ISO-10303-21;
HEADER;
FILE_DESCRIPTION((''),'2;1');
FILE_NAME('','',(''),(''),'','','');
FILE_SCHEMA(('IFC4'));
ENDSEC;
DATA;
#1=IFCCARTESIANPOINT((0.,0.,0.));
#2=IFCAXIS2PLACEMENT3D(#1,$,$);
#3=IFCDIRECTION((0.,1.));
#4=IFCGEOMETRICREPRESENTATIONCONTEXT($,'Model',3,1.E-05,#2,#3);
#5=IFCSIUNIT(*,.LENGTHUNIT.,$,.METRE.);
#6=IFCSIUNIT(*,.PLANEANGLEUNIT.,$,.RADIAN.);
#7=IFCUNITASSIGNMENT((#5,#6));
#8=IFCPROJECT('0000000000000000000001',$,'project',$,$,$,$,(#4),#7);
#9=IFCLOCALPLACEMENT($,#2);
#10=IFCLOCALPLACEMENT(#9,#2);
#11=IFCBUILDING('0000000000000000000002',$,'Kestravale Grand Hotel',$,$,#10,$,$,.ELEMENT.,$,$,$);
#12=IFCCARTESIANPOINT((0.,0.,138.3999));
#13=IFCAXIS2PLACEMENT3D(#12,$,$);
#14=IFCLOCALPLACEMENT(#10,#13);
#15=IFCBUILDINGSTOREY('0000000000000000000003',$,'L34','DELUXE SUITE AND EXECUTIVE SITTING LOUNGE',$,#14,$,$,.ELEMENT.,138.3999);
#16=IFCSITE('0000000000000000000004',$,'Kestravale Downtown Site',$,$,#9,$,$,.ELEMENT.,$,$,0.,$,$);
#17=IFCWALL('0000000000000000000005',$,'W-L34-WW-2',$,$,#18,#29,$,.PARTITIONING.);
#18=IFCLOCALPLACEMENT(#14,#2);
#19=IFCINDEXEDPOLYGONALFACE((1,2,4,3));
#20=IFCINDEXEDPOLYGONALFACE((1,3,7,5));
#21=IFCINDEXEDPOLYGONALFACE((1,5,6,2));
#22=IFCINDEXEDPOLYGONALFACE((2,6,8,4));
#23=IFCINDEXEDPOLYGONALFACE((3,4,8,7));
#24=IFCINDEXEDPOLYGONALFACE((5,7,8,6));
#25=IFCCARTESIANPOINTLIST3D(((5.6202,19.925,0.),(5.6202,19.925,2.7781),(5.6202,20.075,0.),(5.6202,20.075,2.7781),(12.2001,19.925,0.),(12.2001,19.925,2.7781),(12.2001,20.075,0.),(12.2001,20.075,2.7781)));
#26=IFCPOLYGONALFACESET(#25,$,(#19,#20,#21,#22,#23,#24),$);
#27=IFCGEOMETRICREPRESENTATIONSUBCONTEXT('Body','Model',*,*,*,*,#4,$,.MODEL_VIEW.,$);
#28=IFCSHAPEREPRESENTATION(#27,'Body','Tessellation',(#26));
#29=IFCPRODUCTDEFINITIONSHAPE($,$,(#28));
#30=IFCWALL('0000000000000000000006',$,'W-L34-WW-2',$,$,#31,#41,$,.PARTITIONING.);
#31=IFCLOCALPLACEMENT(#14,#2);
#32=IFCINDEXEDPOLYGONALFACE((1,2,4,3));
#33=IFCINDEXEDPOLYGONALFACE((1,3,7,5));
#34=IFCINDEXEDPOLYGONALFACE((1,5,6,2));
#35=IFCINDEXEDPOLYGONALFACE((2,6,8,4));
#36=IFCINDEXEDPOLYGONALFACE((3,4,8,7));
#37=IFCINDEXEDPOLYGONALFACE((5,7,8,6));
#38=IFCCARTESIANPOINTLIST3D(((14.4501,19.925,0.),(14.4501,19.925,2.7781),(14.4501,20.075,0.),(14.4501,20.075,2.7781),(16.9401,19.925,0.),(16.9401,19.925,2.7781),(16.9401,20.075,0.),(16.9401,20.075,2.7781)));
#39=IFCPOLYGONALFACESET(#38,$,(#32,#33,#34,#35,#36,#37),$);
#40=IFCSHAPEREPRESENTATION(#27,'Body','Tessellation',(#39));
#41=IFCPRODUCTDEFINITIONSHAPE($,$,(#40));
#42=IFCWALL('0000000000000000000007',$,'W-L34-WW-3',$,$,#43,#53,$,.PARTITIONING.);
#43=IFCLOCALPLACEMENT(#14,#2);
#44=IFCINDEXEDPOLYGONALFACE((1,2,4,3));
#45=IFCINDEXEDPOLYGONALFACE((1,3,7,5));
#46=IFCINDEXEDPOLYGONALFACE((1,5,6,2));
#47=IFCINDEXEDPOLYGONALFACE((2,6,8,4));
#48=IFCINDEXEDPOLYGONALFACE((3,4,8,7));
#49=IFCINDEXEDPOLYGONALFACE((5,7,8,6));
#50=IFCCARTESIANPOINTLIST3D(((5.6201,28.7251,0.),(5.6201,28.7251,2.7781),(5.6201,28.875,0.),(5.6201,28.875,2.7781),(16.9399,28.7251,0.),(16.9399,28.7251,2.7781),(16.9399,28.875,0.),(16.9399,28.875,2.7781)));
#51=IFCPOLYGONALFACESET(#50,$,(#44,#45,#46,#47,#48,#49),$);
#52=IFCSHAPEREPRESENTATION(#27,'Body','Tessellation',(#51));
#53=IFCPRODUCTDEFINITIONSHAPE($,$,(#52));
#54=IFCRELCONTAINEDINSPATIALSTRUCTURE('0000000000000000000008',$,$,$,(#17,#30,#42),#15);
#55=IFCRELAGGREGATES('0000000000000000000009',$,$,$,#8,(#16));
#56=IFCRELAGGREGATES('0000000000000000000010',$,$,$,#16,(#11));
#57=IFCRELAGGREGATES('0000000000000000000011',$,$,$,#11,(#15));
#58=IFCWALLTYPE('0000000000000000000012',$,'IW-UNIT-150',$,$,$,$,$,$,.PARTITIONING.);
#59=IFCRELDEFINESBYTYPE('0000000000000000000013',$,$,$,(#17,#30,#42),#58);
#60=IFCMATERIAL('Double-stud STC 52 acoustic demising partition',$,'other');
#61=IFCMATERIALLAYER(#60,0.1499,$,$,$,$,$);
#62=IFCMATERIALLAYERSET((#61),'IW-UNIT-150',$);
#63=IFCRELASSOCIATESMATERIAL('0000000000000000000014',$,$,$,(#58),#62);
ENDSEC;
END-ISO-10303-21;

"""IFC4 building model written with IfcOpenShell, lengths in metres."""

from ifc_helpers import new_model, si_unit, direction, frame, frame_2d, origin, place, context, subcontext, project, spatial, rectangle, extrude, material, layer, layer_set, type_object, element, save


model = new_model("IFC4")

# Units and contexts
model_context = context("Model", 3, precision=1e-05, world=origin(), true_north=direction((0.0, 1.0)))
body_context = subcontext(model_context, "Body", "Model", "MODEL_VIEW")
ifc_project = project(units=[si_unit("LENGTHUNIT", "METRE"), si_unit("PLANEANGLEUNIT", "RADIAN")], contexts=[model_context])

# Site, building, storey
site_placement = place(None, origin())
site = spatial("IfcSite", under=ifc_project, at=site_placement, Name="Kestravale Downtown Site", CompositionType="ELEMENT", RefElevation=0.0)
building_placement = place(site_placement, origin())
building = spatial("IfcBuilding", under=site, at=building_placement, Name="Kestravale Grand Hotel", CompositionType="ELEMENT")
storey_placement = place(building_placement, frame((0.0, 0.0, 138.3999)))
storey = spatial("IfcBuildingStorey", under=building, at=storey_placement, Name="L34", Description="DELUXE SUITE AND EXECUTIVE SITTING LOUNGE", CompositionType="ELEMENT", Elevation=138.3999)

# Walls
ifc_material_1 = material(Name="Double-stud STC 52 acoustic demising partition", Category="other")
ifc_layer_1 = layer(ifc_material_1, 0.1499)
ifc_layer_set_1 = layer_set([ifc_layer_1], Name="IW-UNIT-150")
wall_type_1 = type_object("IfcWallType", Name="IW-UNIT-150", PredefinedType="PARTITIONING", material=ifc_layer_set_1)
wall_1_placement = place(storey_placement, frame((5.6201, 20.0, 0.0), z_axis=(0.0, 0.0, 1.0), x_axis=(1.0, 0.0, 0.0)))
element("IfcWall", 1, at=wall_1_placement, inside=storey, type_object=wall_type_1, Name="W-L34-WW-2", PredefinedType="PARTITIONING", context=body_context, shape_type="SweptSolid", body=[
    extrude(rectangle(XDim=6.5798, YDim=0.1499, at=frame_2d((3.29, 0.0))), origin(), (0.0, 0.0, 1.0), 2.7781),
])
wall_2_placement = place(storey_placement, frame((14.45, 20.0, 0.0), z_axis=(0.0, 0.0, 1.0), x_axis=(1.0, 0.0, 0.0)))
element("IfcWall", 2, at=wall_2_placement, inside=storey, type_object=wall_type_1, Name="W-L34-WW-2", PredefinedType="PARTITIONING", context=body_context, shape_type="SweptSolid", body=[
    extrude(rectangle(XDim=2.49, YDim=0.1499, at=frame_2d((1.2451, 0.0))), origin(), (0.0, 0.0, 1.0), 2.7781),
])
wall_3_placement = place(storey_placement, frame((5.6201, 28.8, 0.0), z_axis=(0.0, 0.0, 1.0), x_axis=(1.0, 0.0, 0.0)))
element("IfcWall", 3, at=wall_3_placement, inside=storey, type_object=wall_type_1, Name="W-L34-WW-3", PredefinedType="PARTITIONING", context=body_context, shape_type="SweptSolid", body=[
    extrude(rectangle(XDim=11.3198, YDim=0.1499, at=frame_2d((5.6599, 0.0))), origin(), (0.0, 0.0, 1.0), 2.7781),
])

save(model, "model.ifc")
